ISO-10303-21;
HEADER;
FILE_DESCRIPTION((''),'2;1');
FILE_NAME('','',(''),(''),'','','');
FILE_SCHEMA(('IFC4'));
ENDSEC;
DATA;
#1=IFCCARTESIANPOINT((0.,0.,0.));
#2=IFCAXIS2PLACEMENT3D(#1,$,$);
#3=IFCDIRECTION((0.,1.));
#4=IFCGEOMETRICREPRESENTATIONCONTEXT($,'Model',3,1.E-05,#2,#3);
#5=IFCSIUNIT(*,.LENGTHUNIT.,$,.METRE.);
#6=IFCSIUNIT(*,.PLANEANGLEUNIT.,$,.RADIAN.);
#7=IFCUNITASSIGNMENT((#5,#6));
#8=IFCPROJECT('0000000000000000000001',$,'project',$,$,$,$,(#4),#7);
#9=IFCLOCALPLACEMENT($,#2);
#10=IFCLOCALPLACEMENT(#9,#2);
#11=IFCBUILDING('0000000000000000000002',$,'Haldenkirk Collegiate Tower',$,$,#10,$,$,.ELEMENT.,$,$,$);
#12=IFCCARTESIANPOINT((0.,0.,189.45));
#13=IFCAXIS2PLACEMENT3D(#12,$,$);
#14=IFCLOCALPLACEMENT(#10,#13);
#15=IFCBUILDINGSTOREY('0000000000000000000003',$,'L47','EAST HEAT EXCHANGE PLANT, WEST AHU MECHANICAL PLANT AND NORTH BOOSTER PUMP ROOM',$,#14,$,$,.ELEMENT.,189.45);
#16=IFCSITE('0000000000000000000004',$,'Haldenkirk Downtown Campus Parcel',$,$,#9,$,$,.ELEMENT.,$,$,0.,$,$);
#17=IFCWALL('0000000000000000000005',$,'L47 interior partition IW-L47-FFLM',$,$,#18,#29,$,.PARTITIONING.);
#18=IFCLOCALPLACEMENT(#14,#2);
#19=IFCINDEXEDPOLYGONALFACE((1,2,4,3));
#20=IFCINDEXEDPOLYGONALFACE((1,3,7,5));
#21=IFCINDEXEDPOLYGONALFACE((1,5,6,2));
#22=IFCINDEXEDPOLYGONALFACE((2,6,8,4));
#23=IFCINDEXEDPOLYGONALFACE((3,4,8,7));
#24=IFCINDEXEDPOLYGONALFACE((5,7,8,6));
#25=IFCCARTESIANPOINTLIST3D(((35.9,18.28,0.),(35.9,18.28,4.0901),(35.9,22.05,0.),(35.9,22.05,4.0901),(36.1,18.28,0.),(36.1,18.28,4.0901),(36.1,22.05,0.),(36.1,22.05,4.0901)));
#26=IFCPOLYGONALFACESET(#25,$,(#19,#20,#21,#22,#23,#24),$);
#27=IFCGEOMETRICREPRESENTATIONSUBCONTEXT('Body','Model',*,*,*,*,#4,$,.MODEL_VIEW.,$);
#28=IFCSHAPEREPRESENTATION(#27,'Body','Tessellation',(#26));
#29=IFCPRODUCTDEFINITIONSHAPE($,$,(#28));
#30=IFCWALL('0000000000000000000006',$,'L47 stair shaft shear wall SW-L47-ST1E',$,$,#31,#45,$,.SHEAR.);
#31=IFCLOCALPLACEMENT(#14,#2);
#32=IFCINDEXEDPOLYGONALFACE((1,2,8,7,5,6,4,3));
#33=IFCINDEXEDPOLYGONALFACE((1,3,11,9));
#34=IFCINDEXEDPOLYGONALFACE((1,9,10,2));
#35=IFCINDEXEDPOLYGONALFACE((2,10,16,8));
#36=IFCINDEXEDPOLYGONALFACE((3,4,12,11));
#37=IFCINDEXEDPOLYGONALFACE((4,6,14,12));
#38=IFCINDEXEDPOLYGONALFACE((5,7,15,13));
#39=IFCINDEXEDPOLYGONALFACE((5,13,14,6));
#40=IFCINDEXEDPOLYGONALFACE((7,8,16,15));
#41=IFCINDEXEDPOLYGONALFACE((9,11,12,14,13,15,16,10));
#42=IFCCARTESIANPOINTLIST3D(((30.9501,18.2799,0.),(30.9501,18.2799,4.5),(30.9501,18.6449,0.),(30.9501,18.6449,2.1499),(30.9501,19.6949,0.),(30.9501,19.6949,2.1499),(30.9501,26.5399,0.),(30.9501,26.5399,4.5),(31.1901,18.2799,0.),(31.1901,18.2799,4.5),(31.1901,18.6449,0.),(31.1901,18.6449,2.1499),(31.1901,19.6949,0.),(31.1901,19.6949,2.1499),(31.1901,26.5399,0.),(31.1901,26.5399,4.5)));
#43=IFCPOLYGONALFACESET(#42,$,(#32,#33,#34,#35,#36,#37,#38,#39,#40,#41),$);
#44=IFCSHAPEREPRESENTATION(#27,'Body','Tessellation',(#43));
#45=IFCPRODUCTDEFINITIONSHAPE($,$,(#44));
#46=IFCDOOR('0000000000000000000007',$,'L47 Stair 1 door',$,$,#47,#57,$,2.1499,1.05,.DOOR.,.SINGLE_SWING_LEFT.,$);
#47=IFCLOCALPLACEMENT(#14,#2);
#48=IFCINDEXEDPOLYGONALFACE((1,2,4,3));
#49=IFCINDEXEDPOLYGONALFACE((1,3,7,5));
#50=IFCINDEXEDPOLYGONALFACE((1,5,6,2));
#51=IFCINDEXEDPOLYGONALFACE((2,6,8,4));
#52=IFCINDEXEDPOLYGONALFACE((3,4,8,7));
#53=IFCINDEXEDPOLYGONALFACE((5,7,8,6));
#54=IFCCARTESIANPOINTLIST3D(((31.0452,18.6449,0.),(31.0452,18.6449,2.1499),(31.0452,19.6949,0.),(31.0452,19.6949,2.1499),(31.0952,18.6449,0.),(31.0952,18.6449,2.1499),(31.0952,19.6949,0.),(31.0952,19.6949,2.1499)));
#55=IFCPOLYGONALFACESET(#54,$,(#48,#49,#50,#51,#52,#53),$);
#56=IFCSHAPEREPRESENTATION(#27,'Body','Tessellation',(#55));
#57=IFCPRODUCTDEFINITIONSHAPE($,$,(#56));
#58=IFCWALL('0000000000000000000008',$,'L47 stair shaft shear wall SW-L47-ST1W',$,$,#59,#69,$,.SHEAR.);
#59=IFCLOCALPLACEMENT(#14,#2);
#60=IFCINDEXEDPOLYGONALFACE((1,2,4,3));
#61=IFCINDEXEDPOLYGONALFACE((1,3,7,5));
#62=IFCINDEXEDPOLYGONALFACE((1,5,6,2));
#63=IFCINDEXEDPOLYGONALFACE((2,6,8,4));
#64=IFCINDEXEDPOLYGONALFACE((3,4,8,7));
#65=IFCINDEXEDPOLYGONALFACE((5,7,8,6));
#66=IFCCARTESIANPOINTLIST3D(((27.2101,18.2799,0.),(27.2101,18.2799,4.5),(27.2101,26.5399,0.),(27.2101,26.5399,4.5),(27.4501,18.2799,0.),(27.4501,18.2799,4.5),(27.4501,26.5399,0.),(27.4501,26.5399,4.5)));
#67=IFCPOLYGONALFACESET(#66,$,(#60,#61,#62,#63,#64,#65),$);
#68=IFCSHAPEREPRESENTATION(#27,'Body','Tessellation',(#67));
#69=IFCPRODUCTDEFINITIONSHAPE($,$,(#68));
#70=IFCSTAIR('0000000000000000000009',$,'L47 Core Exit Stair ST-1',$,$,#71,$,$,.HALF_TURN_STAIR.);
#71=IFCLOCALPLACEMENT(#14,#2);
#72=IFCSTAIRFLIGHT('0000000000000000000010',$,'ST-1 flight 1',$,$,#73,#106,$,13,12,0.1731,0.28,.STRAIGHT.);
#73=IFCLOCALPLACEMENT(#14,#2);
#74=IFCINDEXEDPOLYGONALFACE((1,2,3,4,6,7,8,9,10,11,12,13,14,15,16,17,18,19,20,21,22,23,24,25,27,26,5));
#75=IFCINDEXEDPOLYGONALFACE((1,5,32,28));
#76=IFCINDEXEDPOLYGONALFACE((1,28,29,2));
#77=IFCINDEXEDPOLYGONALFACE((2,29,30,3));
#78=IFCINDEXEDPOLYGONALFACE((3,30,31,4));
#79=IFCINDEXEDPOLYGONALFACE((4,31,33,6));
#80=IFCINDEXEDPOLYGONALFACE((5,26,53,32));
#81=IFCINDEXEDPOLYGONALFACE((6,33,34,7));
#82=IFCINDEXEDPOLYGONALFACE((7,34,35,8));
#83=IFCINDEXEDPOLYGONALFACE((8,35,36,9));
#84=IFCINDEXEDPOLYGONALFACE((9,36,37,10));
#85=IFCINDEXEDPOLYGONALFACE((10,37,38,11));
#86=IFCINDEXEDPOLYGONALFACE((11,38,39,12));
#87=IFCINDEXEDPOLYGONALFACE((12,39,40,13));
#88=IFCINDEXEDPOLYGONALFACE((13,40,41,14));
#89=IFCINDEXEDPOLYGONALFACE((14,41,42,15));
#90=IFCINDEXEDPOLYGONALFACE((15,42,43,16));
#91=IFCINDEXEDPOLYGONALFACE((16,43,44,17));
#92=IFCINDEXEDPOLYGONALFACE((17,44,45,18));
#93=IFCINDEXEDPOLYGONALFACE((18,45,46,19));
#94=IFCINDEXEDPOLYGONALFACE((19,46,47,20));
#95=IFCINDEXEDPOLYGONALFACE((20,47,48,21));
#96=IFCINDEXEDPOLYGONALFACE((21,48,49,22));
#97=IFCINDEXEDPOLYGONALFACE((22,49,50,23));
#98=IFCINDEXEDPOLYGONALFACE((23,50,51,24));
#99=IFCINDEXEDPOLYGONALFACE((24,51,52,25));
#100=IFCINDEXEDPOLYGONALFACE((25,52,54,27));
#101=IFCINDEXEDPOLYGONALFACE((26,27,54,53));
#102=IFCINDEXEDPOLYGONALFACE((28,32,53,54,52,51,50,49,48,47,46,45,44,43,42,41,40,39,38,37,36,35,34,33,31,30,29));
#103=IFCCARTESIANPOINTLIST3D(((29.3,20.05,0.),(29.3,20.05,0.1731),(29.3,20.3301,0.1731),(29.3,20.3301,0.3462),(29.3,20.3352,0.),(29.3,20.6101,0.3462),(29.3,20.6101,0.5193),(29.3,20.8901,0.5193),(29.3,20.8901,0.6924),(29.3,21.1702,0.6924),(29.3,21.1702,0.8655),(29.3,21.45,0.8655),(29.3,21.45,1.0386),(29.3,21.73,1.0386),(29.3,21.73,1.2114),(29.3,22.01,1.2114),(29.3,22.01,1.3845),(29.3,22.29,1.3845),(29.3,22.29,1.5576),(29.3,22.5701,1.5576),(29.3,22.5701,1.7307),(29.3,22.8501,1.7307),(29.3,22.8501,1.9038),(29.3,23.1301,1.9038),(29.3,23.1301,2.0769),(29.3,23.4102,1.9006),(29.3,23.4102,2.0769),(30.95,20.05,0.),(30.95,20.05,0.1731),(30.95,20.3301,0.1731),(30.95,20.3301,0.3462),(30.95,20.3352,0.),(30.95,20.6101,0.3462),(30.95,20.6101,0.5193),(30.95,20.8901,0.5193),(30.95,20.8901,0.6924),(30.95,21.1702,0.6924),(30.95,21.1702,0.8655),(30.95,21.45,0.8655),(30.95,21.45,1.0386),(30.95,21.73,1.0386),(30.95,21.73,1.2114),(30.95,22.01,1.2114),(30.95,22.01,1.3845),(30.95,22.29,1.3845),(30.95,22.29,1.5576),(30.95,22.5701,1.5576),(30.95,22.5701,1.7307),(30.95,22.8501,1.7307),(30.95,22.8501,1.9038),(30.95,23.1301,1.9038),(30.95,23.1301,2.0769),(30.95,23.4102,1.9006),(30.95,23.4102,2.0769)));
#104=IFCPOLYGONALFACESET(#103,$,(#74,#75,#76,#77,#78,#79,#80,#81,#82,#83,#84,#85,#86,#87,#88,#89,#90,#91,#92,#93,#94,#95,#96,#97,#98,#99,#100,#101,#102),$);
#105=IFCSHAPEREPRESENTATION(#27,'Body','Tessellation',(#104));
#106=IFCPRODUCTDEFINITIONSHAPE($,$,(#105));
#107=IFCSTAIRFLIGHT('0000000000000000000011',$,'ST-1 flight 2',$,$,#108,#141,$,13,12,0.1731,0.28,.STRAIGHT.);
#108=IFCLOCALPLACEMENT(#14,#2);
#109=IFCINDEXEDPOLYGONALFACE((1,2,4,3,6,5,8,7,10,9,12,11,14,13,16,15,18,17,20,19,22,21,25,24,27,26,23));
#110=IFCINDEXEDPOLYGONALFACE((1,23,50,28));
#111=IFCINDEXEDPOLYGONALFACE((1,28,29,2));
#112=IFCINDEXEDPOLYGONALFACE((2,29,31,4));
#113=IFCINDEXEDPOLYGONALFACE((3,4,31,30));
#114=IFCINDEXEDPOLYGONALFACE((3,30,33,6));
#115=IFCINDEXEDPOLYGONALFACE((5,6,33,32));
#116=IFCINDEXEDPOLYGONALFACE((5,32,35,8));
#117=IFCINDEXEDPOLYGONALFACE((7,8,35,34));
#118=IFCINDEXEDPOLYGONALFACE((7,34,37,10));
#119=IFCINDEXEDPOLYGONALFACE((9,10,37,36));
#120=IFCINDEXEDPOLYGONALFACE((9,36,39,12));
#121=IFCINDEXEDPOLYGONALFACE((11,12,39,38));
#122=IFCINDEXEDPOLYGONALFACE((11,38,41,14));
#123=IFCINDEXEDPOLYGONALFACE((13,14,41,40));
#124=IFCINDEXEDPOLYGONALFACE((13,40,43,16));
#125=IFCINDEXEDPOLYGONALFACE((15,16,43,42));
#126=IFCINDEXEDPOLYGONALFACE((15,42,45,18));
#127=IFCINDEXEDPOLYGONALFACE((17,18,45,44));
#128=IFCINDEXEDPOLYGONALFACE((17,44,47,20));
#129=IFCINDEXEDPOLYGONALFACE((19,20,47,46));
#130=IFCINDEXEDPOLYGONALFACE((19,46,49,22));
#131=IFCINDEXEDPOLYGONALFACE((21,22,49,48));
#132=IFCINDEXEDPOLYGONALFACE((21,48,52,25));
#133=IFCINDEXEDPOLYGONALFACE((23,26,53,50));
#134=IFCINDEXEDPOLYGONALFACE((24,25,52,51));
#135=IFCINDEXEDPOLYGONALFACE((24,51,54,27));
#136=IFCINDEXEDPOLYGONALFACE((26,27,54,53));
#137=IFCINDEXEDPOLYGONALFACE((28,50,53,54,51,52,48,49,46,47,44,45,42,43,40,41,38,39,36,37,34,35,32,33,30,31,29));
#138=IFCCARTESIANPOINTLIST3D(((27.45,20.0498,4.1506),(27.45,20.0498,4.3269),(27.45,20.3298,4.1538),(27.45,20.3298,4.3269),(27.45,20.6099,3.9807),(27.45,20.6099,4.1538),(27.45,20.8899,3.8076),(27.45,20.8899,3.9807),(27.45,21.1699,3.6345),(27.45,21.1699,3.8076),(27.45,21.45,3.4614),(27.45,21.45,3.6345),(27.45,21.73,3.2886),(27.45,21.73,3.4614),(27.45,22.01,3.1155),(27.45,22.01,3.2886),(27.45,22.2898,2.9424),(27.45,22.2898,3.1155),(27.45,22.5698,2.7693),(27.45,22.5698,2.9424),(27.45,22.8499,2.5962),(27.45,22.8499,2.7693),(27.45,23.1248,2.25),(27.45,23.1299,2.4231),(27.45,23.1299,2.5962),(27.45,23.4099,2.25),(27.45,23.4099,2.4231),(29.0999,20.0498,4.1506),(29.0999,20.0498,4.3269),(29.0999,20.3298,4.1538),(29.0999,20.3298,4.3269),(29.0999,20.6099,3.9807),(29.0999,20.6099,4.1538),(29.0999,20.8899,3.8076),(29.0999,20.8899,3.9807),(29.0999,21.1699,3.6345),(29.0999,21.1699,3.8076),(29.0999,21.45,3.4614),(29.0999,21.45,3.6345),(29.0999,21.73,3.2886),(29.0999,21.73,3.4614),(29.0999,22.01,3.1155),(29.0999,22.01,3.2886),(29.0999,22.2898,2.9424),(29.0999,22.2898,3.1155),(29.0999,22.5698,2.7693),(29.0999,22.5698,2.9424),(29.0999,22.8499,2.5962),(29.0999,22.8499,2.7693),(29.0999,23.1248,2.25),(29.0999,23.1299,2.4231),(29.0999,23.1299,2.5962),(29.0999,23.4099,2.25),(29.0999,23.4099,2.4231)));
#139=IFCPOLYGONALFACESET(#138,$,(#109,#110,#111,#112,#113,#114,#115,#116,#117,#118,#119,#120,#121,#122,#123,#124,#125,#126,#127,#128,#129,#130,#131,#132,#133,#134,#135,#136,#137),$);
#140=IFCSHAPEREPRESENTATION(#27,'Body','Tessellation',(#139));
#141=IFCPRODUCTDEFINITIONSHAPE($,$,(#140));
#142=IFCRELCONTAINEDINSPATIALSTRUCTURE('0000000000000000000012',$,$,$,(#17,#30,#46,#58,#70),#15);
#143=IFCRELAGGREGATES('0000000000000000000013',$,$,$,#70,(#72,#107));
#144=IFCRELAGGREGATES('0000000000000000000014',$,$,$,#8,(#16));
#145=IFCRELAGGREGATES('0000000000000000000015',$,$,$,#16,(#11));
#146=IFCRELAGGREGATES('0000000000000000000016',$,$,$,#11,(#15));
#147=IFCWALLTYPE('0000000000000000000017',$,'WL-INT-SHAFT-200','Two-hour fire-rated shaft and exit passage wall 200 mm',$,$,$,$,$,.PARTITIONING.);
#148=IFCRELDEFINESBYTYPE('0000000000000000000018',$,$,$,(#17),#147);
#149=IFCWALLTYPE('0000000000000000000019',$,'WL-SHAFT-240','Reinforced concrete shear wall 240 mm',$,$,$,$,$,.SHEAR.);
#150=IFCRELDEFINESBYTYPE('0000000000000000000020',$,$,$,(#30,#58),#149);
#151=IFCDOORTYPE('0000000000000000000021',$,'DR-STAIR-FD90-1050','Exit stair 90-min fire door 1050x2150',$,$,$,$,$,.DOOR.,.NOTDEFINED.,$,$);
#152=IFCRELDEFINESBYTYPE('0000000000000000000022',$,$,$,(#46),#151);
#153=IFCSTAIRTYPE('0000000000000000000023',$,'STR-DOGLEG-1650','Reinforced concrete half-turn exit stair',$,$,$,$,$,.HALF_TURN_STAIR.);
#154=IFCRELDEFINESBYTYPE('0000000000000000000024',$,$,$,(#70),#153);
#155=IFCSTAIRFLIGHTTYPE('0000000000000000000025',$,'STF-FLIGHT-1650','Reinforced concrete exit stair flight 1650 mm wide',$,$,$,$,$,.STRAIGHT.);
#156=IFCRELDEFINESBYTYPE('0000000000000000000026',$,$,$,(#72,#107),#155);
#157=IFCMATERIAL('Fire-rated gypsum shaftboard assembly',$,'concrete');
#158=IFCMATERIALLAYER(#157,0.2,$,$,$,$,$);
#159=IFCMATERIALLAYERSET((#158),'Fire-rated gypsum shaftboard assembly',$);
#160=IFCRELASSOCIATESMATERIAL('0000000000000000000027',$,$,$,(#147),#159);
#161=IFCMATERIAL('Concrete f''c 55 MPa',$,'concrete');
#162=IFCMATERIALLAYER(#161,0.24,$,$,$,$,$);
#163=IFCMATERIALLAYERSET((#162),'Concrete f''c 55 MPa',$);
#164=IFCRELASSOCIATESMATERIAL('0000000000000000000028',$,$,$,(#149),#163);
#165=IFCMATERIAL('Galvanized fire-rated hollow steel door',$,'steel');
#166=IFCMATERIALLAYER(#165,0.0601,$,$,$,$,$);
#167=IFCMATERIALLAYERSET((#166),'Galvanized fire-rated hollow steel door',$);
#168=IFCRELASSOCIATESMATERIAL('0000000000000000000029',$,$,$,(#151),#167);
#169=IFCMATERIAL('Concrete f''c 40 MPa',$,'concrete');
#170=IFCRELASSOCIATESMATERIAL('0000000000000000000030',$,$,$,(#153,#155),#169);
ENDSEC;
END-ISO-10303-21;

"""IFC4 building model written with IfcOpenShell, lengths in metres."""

from ifc_helpers import new_model, si_unit, direction, frame, frame_2d, origin, place, context, subcontext, project, spatial, polyline, rectangle, outline, extrude, material, layer, layer_set, type_object, element, fill, aggregate, save


model = new_model("IFC4")

# Units and contexts
model_context = context("Model", 3, precision=1e-05, world=origin(), true_north=direction((0.0, 1.0)))
body_context = subcontext(model_context, "Body", "Model", "MODEL_VIEW")
ifc_project = project(units=[si_unit("LENGTHUNIT", "METRE"), si_unit("PLANEANGLEUNIT", "RADIAN")], contexts=[model_context])

# Site, building, storey
site_placement = place(None, origin())
site = spatial("IfcSite", under=ifc_project, at=site_placement, Name="Haldenkirk Downtown Campus Parcel", CompositionType="ELEMENT", RefElevation=0.0)
building_placement = place(site_placement, origin())
building = spatial("IfcBuilding", under=site, at=building_placement, Name="Haldenkirk Collegiate Tower", CompositionType="ELEMENT")
storey_placement = place(building_placement, frame((0.0, 0.0, 189.45)))
storey = spatial("IfcBuildingStorey", under=building, at=storey_placement, Name="L47", Description="EAST HEAT EXCHANGE PLANT, WEST AHU MECHANICAL PLANT AND NORTH BOOSTER PUMP ROOM", CompositionType="ELEMENT", Elevation=189.45)

# Shared definitions
ifc_material_1 = material(Name="Concrete f'c 55 MPa", Category="concrete")
ifc_material_2 = material(Name="Galvanized fire-rated hollow steel door", Category="steel")

# Wall
ifc_material_3 = material(Name="Fire-rated gypsum shaftboard assembly", Category="concrete")
ifc_layer_1 = layer(ifc_material_3, 0.2)
ifc_layer_set_1 = layer_set([ifc_layer_1], Name="Fire-rated gypsum shaftboard assembly")
wall_type_1 = type_object("IfcWallType", Name="WL-INT-SHAFT-200", Description="Two-hour fire-rated shaft and exit passage wall 200 mm", PredefinedType="PARTITIONING", material=ifc_layer_set_1)
wall_1_placement = place(storey_placement, frame((36.0, 18.28, 0.0), z_axis=(0.0, 0.0, 1.0), x_axis=(0.0, 1.0, 0.0)))
element("IfcWall", 1, at=wall_1_placement, inside=storey, type_object=wall_type_1, Name="L47 interior partition IW-L47-FFLM", PredefinedType="PARTITIONING", context=body_context, shape_type="SweptSolid", body=[
    extrude(rectangle(XDim=3.77, YDim=0.2, at=frame_2d((1.885, 0.0))), origin(), (0.0, 0.0, 1.0), 4.0901),
])

# Wall, opening, door
ifc_layer_2 = layer(ifc_material_1, 0.24)
ifc_layer_set_2 = layer_set([ifc_layer_2], Name="Concrete f'c 55 MPa")
wall_type_2 = type_object("IfcWallType", Name="WL-SHAFT-240", Description="Reinforced concrete shear wall 240 mm", PredefinedType="SHEAR", material=ifc_layer_set_2)
wall_2_placement = place(storey_placement, frame((31.0701, 18.28, 0.0), z_axis=(0.0, 0.0, 1.0), x_axis=(0.0, 1.0, 0.0)))
wall_2 = element("IfcWall", 2, at=wall_2_placement, inside=storey, type_object=wall_type_2, Name="L47 stair shaft shear wall SW-L47-ST1E", PredefinedType="SHEAR", context=body_context, shape_type="SweptSolid", body=[
    extrude(rectangle(XDim=8.26, YDim=0.24, at=frame_2d((4.1299, 0.0))), origin(), (0.0, 0.0, 1.0), 4.5),
])
opening_1_placement = place(wall_2_placement, frame((0.365, 0.0, 0.0)))
opening_1 = element("IfcOpeningElement", 3, at=opening_1_placement, cuts=wall_2, PredefinedType="OPENING", context=body_context, shape_type="SweptSolid", body=[
    extrude(rectangle(XDim=1.05, YDim=2.1499, at=frame_2d((0.5249, 1.075))), frame((0.0, 0.1299, 0.0), z_axis=(0.0, -1.0, 0.0), x_axis=(1.0, 0.0, 0.0)), (0.0, 0.0, 1.0), 0.26),
])
ifc_layer_3 = layer(ifc_material_2, 0.0601)
ifc_layer_set_3 = layer_set([ifc_layer_3], Name="Galvanized fire-rated hollow steel door")
door_type_1 = type_object("IfcDoorType", Name="DR-STAIR-FD90-1050", Description="Exit stair 90-min fire door 1050x2150", OperationType="NOTDEFINED", PredefinedType="DOOR", material=ifc_layer_set_3)
door_1_placement = place(opening_1_placement, origin())
door_1 = element("IfcDoor", 4, at=door_1_placement, inside=storey, type_object=door_type_1, Name="L47 Stair 1 door", OperationType="SINGLE_SWING_LEFT", OverallHeight=2.1499, OverallWidth=1.05, PredefinedType="DOOR", context=body_context, shape_type="SweptSolid", body=[
    extrude(rectangle(XDim=1.05, YDim=2.1499, at=frame_2d((0.5249, 1.075))), frame((0.0, 0.0249, 0.0), z_axis=(0.0, -1.0, 0.0), x_axis=(1.0, 0.0, 0.0)), (0.0, 0.0, 1.0), 0.05),
])
fill(opening_1, door_1)

# Wall
wall_3_placement = place(storey_placement, frame((27.3301, 18.28, 0.0), z_axis=(0.0, 0.0, 1.0), x_axis=(0.0, 1.0, 0.0)))
element("IfcWall", 5, at=wall_3_placement, inside=storey, type_object=wall_type_2, Name="L47 stair shaft shear wall SW-L47-ST1W", PredefinedType="SHEAR", context=body_context, shape_type="SweptSolid", body=[
    extrude(rectangle(XDim=8.26, YDim=0.24, at=frame_2d((4.1299, 0.0))), origin(), (0.0, 0.0, 1.0), 4.5),
])

# Stair, stair flights
ifc_material_4 = material(Name="Concrete f'c 40 MPa", Category="concrete")
stair_type = type_object("IfcStairType", Name="STR-DOGLEG-1650", Description="Reinforced concrete half-turn exit stair", PredefinedType="HALF_TURN_STAIR", material=ifc_material_4)
stair_placement = place(storey_placement, origin())
stair = element("IfcStair", 6, at=stair_placement, inside=storey, type_object=stair_type, Name="L47 Core Exit Stair ST-1", PredefinedType="HALF_TURN_STAIR")
stair_flight_type = type_object("IfcStairFlightType", Name="STF-FLIGHT-1650", Description="Reinforced concrete exit stair flight 1650 mm wide", PredefinedType="STRAIGHT", material=ifc_material_4)
stair_flight_1_placement = place(storey_placement, frame((30.125, 20.05, 0.0), z_axis=(0.0, 0.0, 1.0), x_axis=(0.0, 1.0, 0.0)))
stair_flight_1 = element("IfcStairFlight", 7, at=stair_flight_1_placement, type_object=stair_flight_type, Name="ST-1 flight 1", NumberOfRisers=13, NumberOfTreads=12, PredefinedType="STRAIGHT", RiserHeight=0.1731, TreadLength=0.28, context=body_context, shape_type="SweptSolid", body=[
    extrude(outline(polyline([(0.0, 0.0), (0.0, 0.1731), (0.28, 0.1731), (0.28, 0.3462), (0.5601, 0.3462), (0.5601, 0.5193), (0.8401, 0.5193), (0.8401, 0.6924), (1.1201, 0.6924), (1.1201, 0.8655), (1.3999, 0.8655), (1.3999, 1.0386), (1.6799, 1.0386), (1.6799, 1.2114), (1.96, 1.2114), (1.96, 1.3845), (2.24, 1.3845), (2.24, 1.5576), (2.52, 1.5576), (2.52, 1.7307), (2.8, 1.7307), (2.8, 1.9038), (3.0801, 1.9038), (3.0801, 2.0769), (3.3601, 2.0769), (3.3601, 2.25), (3.3601, 1.9006), (0.2852, 0.0), (0.0, 0.0)])), frame((0.0, 0.825, 0.0), z_axis=(0.0, -1.0, 0.0), x_axis=(1.0, 0.0, 0.0)), (0.0, 0.0, 1.0), 1.6499),
])
stair_flight_2_placement = place(storey_placement, frame((28.2749, 23.4099, 2.25), z_axis=(0.0, 0.0, 1.0), x_axis=(0.0, -1.0, 0.0)))
stair_flight_2 = element("IfcStairFlight", 8, at=stair_flight_2_placement, type_object=stair_flight_type, Name="ST-1 flight 2", NumberOfRisers=13, NumberOfTreads=12, PredefinedType="STRAIGHT", RiserHeight=0.1731, TreadLength=0.28, context=body_context, shape_type="SweptSolid", body=[
    extrude(outline(polyline([(0.0, 0.0), (0.0, 0.1731), (0.28, 0.1731), (0.28, 0.3462), (0.5601, 0.3462), (0.5601, 0.5193), (0.8401, 0.5193), (0.8401, 0.6924), (1.1201, 0.6924), (1.1201, 0.8655), (1.3999, 0.8655), (1.3999, 1.0386), (1.6799, 1.0386), (1.6799, 1.2114), (1.96, 1.2114), (1.96, 1.3845), (2.24, 1.3845), (2.24, 1.5576), (2.52, 1.5576), (2.52, 1.7307), (2.8, 1.7307), (2.8, 1.9038), (3.0801, 1.9038), (3.0801, 2.0769), (3.3601, 2.0769), (3.3601, 2.25), (3.3601, 1.9006), (0.2852, 0.0), (0.0, 0.0)])), frame((0.0, 0.825, 0.0), z_axis=(0.0, -1.0, 0.0), x_axis=(1.0, 0.0, 0.0)), (0.0, 0.0, 1.0), 1.6499),
])
aggregate(stair, [stair_flight_1, stair_flight_2])

save(model, "model.ifc")
